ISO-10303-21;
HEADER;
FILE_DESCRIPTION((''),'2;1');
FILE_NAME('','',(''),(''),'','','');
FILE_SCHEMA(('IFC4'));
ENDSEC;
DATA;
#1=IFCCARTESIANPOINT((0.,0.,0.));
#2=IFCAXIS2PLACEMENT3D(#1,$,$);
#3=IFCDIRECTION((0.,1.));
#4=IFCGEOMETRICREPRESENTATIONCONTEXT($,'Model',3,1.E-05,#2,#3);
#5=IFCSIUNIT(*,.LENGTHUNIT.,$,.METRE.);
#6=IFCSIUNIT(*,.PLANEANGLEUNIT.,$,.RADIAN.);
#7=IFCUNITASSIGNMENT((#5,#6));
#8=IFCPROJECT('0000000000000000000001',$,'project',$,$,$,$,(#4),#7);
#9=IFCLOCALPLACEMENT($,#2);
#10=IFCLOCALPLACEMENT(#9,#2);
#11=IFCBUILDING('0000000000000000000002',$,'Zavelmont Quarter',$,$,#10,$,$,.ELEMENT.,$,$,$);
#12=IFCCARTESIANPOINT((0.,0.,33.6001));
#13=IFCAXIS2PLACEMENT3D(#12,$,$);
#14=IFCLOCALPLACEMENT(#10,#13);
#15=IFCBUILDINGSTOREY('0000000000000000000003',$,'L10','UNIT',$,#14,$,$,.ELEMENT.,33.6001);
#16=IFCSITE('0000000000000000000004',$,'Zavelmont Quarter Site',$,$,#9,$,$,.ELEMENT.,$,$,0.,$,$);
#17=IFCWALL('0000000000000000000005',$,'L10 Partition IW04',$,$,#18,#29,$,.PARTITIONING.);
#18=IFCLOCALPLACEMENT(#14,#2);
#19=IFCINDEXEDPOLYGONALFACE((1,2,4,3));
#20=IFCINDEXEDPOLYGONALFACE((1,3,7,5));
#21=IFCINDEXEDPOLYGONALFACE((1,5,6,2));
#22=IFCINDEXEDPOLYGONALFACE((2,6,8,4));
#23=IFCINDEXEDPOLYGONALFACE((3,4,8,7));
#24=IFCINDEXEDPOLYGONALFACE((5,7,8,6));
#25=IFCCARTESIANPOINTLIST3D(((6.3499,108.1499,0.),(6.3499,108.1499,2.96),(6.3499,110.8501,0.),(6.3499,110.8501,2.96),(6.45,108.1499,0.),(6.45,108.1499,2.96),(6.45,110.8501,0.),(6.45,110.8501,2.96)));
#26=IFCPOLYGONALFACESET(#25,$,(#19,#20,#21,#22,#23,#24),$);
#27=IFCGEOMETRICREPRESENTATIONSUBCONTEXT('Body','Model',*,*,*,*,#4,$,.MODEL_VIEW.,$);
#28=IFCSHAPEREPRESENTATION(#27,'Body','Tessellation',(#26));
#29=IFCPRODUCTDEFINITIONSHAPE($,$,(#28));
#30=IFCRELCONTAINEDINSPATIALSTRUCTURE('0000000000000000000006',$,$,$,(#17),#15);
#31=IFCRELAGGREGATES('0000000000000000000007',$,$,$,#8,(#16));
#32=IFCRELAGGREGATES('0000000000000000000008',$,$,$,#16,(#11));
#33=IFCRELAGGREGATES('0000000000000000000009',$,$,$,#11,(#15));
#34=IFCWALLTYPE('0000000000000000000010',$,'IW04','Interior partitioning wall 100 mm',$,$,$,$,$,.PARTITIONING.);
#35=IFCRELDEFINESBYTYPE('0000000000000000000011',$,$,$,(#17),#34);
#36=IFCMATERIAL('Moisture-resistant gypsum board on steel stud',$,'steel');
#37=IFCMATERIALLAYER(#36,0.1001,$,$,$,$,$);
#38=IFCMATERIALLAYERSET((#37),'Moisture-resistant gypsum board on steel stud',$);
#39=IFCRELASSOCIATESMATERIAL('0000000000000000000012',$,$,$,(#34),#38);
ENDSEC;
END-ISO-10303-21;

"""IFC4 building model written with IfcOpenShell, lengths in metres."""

from ifc_helpers import new_model, si_unit, direction, frame, frame_2d, origin, place, context, subcontext, project, spatial, rectangle, extrude, material, layer, layer_set, type_object, element, save


model = new_model("IFC4")

# Units and contexts
model_context = context("Model", 3, precision=1e-05, world=origin(), true_north=direction((0.0, 1.0)))
body_context = subcontext(model_context, "Body", "Model", "MODEL_VIEW")
ifc_project = project(units=[si_unit("LENGTHUNIT", "METRE"), si_unit("PLANEANGLEUNIT", "RADIAN")], contexts=[model_context])

# Site, building, storey
site_placement = place(None, origin())
site = spatial("IfcSite", under=ifc_project, at=site_placement, Name="Zavelmont Quarter Site", CompositionType="ELEMENT", RefElevation=0.0)
building_placement = place(site_placement, origin())
building = spatial("IfcBuilding", under=site, at=building_placement, Name="Zavelmont Quarter", CompositionType="ELEMENT")
storey_placement = place(building_placement, frame((0.0, 0.0, 33.6001)))
storey = spatial("IfcBuildingStorey", under=building, at=storey_placement, Name="L10", Description="UNIT", CompositionType="ELEMENT", Elevation=33.6001)

# Wall
ifc_material_1 = material(Name="Moisture-resistant gypsum board on steel stud", Category="steel")
ifc_layer_1 = layer(ifc_material_1, 0.1001)
ifc_layer_set_1 = layer_set([ifc_layer_1], Name="Moisture-resistant gypsum board on steel stud")
wall_type_1 = type_object("IfcWallType", Name="IW04", Description="Interior partitioning wall 100 mm", PredefinedType="PARTITIONING", material=ifc_layer_set_1)
wall_1_placement = place(storey_placement, frame((6.3999, 108.1499, 0.0), z_axis=(0.0, 0.0, 1.0), x_axis=(0.0, 1.0, 0.0)))
element("IfcWall", 1, at=wall_1_placement, inside=storey, type_object=wall_type_1, Name="L10 Partition IW04", PredefinedType="PARTITIONING", context=body_context, shape_type="SweptSolid", body=[
    extrude(rectangle(XDim=2.7002, YDim=0.1001, at=frame_2d((1.3501, 0.0))), origin(), (0.0, 0.0, 1.0), 2.96),
])

save(model, "model.ifc")
